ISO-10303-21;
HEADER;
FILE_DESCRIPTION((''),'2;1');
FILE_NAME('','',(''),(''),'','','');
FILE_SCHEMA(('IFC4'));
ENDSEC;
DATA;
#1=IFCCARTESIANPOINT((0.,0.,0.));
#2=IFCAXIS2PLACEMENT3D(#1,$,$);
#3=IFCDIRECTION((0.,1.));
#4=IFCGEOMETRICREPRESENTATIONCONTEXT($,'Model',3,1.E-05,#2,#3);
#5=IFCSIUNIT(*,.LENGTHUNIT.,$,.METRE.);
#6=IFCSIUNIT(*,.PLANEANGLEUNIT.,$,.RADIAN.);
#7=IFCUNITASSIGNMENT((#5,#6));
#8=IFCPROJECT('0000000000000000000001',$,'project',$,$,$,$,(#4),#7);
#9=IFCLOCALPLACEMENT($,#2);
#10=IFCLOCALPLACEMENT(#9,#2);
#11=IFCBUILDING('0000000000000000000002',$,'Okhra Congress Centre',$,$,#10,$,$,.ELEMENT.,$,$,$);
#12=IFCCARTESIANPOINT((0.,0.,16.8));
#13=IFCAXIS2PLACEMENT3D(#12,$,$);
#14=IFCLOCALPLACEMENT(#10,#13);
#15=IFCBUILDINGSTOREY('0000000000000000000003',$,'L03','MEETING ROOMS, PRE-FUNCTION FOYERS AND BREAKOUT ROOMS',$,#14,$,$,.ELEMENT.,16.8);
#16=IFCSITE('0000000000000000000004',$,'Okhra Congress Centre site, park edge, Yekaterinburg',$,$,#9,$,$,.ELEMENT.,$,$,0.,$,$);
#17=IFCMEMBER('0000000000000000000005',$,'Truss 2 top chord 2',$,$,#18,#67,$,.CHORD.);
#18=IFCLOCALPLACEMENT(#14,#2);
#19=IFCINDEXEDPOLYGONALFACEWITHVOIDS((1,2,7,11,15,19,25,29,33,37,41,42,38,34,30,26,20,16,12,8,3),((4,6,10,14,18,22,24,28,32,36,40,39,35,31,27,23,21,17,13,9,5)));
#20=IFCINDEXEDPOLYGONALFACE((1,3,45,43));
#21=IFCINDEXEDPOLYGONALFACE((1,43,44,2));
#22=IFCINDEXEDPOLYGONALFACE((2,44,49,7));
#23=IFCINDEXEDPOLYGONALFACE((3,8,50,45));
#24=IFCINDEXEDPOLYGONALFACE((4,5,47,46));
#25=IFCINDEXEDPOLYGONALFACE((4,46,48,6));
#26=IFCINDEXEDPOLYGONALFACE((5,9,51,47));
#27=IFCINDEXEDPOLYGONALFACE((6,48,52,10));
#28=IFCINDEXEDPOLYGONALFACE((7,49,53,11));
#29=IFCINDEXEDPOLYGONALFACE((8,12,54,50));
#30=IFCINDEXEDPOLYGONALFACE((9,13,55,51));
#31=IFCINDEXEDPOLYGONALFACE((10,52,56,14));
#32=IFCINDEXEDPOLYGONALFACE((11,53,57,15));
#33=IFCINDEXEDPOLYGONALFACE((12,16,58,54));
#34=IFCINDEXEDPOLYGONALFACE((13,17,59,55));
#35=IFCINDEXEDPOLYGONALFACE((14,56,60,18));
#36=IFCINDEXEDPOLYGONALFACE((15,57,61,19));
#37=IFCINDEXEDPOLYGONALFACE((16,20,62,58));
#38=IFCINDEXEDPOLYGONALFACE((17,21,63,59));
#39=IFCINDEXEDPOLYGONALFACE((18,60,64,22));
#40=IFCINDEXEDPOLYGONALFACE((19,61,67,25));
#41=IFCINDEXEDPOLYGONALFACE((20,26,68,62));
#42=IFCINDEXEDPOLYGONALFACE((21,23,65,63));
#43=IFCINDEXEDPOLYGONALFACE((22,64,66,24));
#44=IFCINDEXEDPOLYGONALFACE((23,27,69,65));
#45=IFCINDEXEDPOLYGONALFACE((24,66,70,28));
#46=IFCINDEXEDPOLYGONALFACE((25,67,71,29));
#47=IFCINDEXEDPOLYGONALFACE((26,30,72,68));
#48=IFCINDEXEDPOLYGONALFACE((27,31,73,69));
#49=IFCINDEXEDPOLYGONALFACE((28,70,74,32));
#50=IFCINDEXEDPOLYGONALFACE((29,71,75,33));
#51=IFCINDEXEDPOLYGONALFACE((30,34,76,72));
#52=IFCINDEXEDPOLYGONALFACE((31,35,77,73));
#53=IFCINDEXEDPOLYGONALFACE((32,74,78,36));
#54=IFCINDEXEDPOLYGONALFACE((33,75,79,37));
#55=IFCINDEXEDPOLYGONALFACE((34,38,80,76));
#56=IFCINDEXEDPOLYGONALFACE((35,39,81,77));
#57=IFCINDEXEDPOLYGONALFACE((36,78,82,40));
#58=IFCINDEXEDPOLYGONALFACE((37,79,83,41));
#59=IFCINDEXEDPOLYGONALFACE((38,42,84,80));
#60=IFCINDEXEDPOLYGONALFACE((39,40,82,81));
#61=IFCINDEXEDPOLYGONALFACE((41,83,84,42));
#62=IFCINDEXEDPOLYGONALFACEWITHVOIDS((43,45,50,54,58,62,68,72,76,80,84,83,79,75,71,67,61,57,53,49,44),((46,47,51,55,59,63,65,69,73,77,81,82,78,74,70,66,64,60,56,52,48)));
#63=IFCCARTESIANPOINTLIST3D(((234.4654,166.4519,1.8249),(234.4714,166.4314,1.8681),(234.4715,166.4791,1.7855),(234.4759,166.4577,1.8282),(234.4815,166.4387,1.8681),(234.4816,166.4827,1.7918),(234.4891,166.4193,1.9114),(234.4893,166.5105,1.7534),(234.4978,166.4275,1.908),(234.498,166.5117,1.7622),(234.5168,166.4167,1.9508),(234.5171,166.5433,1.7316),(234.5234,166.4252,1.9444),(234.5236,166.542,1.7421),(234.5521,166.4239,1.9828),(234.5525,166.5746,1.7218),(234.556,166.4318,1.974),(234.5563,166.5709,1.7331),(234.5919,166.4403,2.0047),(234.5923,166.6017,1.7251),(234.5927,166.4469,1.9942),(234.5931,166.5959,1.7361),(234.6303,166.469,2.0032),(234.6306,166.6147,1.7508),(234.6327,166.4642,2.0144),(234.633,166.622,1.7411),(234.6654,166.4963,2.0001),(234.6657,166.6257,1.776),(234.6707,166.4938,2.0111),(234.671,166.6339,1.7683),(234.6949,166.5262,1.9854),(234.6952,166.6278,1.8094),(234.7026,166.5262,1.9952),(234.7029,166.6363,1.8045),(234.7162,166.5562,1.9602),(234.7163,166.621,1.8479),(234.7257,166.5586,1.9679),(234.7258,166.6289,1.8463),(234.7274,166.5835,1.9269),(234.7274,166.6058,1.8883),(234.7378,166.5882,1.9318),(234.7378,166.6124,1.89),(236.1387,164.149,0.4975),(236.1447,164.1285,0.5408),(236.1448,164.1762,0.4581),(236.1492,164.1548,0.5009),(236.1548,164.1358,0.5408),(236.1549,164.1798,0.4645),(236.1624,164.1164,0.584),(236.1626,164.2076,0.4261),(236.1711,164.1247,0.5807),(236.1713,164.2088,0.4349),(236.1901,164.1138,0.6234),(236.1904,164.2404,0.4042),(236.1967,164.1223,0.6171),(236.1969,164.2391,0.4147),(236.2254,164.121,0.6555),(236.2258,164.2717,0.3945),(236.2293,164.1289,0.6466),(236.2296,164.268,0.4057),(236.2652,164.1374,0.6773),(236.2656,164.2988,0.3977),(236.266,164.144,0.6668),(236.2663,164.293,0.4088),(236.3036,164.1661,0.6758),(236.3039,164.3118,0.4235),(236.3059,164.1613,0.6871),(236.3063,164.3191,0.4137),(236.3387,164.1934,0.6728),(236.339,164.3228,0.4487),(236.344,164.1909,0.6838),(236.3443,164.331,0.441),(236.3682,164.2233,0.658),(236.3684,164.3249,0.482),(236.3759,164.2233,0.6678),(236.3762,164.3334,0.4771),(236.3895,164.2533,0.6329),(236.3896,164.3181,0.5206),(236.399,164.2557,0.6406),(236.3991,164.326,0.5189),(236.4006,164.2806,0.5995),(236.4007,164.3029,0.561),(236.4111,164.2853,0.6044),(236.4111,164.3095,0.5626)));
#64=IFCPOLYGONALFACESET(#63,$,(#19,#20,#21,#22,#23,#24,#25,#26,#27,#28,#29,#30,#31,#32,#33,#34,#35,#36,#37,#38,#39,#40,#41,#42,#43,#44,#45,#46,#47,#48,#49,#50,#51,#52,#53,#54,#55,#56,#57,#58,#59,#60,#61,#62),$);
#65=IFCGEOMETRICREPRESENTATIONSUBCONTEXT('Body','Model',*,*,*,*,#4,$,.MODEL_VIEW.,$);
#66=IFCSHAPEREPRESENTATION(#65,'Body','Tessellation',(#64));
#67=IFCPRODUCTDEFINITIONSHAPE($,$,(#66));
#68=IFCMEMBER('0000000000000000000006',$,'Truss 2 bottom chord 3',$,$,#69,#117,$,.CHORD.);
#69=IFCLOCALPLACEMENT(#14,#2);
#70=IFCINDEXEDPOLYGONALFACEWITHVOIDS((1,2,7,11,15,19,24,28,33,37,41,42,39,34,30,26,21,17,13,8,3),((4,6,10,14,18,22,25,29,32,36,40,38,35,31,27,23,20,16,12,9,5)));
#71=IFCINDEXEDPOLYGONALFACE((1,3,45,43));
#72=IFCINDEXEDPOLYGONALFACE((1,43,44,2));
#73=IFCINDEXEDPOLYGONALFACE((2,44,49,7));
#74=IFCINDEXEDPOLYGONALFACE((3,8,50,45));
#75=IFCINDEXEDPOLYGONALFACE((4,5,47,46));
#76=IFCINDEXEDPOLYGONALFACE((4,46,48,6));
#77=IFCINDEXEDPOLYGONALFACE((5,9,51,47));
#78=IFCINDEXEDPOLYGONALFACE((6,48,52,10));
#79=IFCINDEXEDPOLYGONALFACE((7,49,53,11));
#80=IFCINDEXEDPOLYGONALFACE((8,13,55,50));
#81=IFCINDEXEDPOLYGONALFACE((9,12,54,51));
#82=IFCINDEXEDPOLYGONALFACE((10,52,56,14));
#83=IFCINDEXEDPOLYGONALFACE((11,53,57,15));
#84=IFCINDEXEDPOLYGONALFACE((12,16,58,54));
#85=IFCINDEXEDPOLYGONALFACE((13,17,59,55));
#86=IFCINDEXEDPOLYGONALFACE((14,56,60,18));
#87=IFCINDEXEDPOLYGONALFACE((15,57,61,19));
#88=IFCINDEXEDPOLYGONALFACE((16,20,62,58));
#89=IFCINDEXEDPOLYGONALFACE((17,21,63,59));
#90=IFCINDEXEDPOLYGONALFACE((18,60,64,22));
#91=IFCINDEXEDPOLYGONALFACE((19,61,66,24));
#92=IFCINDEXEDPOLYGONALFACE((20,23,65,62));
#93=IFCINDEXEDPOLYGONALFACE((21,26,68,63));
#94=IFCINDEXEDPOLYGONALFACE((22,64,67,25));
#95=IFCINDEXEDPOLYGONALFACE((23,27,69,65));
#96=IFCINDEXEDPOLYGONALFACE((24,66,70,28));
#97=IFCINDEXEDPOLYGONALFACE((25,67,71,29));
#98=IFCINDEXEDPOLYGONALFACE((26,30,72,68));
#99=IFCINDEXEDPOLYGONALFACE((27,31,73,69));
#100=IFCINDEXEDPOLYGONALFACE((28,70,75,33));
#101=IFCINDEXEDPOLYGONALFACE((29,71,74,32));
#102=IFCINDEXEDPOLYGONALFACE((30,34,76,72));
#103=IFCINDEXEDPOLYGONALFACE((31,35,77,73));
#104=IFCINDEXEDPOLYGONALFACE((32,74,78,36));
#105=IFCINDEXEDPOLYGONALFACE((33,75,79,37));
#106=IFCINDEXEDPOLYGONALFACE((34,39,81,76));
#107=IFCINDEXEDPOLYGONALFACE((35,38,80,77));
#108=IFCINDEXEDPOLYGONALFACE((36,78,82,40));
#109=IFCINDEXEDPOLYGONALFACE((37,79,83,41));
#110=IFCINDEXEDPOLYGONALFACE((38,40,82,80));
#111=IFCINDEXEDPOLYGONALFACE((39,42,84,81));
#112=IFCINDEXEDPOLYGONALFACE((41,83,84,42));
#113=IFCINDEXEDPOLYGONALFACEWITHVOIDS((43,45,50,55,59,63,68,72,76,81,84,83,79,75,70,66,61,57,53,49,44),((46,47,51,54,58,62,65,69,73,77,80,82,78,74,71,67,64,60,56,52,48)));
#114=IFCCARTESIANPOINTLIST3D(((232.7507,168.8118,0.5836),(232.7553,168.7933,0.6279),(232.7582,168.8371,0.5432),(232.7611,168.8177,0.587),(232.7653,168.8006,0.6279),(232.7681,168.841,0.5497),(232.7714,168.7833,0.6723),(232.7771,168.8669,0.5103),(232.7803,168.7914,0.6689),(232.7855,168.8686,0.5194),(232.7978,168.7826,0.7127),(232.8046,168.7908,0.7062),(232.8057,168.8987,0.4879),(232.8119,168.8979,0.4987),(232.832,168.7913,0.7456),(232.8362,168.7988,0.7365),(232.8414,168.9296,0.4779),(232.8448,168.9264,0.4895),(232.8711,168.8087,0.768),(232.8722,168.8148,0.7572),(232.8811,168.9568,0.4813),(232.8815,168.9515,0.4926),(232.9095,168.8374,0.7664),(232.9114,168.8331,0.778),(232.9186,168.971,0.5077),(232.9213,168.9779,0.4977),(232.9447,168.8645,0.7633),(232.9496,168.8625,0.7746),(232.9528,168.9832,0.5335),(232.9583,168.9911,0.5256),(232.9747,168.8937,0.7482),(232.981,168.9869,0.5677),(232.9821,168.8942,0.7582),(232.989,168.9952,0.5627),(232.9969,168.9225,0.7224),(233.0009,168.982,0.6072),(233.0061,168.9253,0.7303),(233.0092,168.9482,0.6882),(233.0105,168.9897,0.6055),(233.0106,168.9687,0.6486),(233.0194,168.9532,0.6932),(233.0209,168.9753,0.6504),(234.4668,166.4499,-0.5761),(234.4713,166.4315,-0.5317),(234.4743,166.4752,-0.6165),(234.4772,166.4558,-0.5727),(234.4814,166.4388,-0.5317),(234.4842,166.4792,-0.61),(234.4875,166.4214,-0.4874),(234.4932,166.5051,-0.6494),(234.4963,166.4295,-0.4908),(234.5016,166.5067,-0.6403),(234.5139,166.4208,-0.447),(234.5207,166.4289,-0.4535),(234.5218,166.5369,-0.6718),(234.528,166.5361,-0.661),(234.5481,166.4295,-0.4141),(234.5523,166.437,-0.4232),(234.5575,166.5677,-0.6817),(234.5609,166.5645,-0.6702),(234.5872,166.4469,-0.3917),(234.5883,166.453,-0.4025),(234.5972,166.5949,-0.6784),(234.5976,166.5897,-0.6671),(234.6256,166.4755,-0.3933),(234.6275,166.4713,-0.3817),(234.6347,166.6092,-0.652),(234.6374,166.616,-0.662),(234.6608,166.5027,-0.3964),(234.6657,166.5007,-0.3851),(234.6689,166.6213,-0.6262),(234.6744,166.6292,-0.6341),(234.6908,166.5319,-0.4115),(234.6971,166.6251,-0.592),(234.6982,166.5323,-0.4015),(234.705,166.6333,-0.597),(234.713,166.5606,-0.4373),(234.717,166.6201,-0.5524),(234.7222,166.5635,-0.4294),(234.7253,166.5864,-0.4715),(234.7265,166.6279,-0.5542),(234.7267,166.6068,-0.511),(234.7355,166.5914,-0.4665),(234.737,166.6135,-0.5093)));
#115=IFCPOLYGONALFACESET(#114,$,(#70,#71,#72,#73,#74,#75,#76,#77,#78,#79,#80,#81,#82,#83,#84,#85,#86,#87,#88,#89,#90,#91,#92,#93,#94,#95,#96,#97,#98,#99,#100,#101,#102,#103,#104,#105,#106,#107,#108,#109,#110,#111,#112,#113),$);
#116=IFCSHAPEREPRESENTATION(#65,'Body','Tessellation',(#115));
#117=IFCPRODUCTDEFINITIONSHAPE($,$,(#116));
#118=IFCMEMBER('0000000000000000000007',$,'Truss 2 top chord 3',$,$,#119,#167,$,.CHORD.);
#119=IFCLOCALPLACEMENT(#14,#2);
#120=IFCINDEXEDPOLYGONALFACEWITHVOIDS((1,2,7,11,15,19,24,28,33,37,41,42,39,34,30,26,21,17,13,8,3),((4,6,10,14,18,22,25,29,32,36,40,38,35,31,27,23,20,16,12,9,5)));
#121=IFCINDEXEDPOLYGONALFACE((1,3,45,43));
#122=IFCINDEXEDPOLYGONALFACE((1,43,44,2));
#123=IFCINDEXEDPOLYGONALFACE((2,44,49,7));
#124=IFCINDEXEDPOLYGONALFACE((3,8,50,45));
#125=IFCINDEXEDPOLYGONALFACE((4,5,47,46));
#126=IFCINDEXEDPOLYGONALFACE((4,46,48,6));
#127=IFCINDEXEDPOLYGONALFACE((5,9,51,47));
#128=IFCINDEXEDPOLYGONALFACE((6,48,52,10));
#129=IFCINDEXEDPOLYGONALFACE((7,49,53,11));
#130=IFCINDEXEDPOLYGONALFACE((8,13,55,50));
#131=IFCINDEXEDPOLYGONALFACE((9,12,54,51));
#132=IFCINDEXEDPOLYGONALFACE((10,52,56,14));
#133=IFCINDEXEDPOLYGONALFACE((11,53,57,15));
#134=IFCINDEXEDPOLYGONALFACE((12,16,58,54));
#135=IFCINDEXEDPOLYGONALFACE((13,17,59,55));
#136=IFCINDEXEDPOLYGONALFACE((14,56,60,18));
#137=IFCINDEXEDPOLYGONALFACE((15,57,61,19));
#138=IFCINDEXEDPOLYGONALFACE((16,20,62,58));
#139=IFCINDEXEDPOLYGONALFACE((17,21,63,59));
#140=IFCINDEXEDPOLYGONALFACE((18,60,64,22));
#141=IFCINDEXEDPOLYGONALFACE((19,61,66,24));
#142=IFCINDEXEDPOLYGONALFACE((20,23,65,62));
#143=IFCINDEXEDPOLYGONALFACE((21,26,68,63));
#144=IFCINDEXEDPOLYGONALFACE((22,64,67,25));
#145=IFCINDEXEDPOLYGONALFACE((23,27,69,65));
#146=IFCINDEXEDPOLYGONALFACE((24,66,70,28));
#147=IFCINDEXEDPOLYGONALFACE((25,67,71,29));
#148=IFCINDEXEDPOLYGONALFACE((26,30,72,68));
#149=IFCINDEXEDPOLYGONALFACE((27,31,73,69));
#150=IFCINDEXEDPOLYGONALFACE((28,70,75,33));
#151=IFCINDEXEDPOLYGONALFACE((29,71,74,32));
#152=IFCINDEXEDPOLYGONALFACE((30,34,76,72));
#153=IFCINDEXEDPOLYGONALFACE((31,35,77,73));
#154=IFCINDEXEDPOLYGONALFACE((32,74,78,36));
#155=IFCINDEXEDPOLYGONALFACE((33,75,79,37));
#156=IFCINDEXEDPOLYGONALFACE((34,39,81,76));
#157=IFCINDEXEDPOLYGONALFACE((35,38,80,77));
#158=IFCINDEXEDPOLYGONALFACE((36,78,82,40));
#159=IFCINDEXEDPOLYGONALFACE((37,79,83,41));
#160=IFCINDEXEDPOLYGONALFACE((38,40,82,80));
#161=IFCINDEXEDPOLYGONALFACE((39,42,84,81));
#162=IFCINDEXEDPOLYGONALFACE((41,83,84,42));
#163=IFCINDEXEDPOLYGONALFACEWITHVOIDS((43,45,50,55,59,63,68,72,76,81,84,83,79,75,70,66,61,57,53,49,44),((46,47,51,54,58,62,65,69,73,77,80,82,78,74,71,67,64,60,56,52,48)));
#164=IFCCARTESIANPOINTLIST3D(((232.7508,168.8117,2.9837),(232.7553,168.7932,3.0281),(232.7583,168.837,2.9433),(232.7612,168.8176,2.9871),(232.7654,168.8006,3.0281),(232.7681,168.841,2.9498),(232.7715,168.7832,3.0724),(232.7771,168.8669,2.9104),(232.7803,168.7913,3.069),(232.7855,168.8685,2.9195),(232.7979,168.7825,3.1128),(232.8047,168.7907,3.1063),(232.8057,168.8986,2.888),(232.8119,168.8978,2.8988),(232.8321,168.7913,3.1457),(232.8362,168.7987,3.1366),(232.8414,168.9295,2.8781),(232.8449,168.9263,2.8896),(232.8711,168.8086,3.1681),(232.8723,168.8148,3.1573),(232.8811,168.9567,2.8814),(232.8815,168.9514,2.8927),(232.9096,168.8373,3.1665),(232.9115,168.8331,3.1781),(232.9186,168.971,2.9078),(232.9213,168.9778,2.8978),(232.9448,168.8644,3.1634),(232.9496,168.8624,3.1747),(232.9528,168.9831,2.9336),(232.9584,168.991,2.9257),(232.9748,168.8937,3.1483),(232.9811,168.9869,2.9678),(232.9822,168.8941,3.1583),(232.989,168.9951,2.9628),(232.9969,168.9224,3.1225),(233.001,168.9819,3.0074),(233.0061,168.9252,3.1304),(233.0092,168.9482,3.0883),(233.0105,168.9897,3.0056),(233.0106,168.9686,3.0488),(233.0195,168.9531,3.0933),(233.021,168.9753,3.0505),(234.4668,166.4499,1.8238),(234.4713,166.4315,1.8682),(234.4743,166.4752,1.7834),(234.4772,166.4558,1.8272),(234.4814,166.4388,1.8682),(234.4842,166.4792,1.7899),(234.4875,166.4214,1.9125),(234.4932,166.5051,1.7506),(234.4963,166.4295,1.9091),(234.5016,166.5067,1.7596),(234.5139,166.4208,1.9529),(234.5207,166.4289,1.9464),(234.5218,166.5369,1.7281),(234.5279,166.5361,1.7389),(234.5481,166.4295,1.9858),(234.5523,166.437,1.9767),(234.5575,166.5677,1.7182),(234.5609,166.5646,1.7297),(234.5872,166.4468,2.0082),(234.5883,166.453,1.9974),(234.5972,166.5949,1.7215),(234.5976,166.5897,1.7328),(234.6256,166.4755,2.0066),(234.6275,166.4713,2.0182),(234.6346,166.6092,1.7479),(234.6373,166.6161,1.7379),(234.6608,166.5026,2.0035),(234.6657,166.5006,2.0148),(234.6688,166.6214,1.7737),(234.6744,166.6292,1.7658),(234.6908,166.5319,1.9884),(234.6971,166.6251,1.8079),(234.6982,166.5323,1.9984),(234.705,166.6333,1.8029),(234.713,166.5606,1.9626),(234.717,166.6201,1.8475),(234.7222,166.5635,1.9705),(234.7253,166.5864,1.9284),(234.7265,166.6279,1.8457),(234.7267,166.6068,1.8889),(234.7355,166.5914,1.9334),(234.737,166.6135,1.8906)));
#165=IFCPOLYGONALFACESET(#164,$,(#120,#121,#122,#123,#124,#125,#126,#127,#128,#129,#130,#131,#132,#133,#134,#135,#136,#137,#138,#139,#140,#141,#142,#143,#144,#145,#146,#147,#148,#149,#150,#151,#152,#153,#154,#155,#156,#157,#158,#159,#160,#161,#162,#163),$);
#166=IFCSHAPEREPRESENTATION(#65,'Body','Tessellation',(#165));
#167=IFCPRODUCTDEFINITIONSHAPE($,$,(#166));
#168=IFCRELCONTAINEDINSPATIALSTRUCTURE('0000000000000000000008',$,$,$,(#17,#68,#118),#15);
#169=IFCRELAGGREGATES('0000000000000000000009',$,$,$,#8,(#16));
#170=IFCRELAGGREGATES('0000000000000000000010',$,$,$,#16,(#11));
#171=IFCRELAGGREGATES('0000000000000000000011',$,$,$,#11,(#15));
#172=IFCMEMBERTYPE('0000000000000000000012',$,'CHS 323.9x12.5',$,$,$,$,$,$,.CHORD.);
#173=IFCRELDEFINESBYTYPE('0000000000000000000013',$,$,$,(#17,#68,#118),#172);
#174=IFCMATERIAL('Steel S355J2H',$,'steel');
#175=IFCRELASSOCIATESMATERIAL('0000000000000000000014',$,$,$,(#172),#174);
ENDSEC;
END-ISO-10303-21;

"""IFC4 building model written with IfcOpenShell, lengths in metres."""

from ifc_helpers import new_model, si_unit, direction, frame, origin, origin_2d, place, context, subcontext, project, spatial, hollow_circle, extrude, material, material_profile, profile_set, type_object, element, save


model = new_model("IFC4")

# Units and contexts
model_context = context("Model", 3, precision=1e-05, world=origin(), true_north=direction((0.0, 1.0)))
body_context = subcontext(model_context, "Body", "Model", "MODEL_VIEW")
ifc_project = project(units=[si_unit("LENGTHUNIT", "METRE"), si_unit("PLANEANGLEUNIT", "RADIAN")], contexts=[model_context])

# Site, building, storey
site_placement = place(None, origin())
site = spatial("IfcSite", under=ifc_project, at=site_placement, Name="Okhra Congress Centre site, park edge, Yekaterinburg", CompositionType="ELEMENT", RefElevation=0.0)
building_placement = place(site_placement, origin())
building = spatial("IfcBuilding", under=site, at=building_placement, Name="Okhra Congress Centre", CompositionType="ELEMENT")
storey_placement = place(building_placement, frame((0.0, 0.0, 16.8)))
storey = spatial("IfcBuildingStorey", under=building, at=storey_placement, Name="L03", Description="MEETING ROOMS, PRE-FUNCTION FOYERS AND BREAKOUT ROOMS", CompositionType="ELEMENT", Elevation=16.8)

# Members
ifc_material_1 = material(Name="Steel S355J2H", Category="steel")
ifc_material_profile_1 = material_profile(ifc_material_1, hollow_circle(Radius=0.1619, WallThickness=0.0125, at=origin_2d()), Name="CHS 323.9x12.5")
ifc_profile_set_1 = profile_set([ifc_material_profile_1], Name="Steel S355J2H")
member_type_1 = type_object("IfcMemberType", Name="CHS 323.9x12.5", PredefinedType="CHORD", material=ifc_profile_set_1)
member_1_placement = place(storey_placement, frame((236.2756, 164.2236, 0.5408), z_axis=(-0.532745, 0.733204, 0.422605), x_axis=(-0.808996, -0.587815, 0.0)))
element("IfcMember", 1, at=member_1_placement, inside=storey, type_object=member_type_1, Name="Truss 2 top chord 2", PredefinedType="CHORD", context=body_context, shape_type="SweptSolid", body=[
    extrude(hollow_circle(Radius=0.1619, WallThickness=0.0125, at=origin_2d()), origin(), (0.0, 0.0, 1.0), 3.1409),
])
for number, where, z_axis, x_axis, name in (
    (2, (234.6023, 166.5266, -0.5317), (-0.546288, 0.751855, 0.369166), (-0.809, -0.587809, 0.0), "Truss 2 bottom chord 3"),
    (3, (234.6023, 166.5266, 1.8682), (-0.546272, 0.751833, 0.369233), (-0.809, -0.587809, 0.0), "Truss 2 top chord 3"),
):
    element("IfcMember", number, at=place(storey_placement, frame(where, z_axis=z_axis, x_axis=x_axis)), inside=storey, type_object=member_type_1, Name=name, PredefinedType="CHORD", context=body_context, shape_type="SweptSolid", body=[
        extrude(hollow_circle(Radius=0.1619, WallThickness=0.0125, at=origin_2d()), origin(), (0.0, 0.0, 1.0), 3.1414),
    ])

save(model, "model.ifc")
